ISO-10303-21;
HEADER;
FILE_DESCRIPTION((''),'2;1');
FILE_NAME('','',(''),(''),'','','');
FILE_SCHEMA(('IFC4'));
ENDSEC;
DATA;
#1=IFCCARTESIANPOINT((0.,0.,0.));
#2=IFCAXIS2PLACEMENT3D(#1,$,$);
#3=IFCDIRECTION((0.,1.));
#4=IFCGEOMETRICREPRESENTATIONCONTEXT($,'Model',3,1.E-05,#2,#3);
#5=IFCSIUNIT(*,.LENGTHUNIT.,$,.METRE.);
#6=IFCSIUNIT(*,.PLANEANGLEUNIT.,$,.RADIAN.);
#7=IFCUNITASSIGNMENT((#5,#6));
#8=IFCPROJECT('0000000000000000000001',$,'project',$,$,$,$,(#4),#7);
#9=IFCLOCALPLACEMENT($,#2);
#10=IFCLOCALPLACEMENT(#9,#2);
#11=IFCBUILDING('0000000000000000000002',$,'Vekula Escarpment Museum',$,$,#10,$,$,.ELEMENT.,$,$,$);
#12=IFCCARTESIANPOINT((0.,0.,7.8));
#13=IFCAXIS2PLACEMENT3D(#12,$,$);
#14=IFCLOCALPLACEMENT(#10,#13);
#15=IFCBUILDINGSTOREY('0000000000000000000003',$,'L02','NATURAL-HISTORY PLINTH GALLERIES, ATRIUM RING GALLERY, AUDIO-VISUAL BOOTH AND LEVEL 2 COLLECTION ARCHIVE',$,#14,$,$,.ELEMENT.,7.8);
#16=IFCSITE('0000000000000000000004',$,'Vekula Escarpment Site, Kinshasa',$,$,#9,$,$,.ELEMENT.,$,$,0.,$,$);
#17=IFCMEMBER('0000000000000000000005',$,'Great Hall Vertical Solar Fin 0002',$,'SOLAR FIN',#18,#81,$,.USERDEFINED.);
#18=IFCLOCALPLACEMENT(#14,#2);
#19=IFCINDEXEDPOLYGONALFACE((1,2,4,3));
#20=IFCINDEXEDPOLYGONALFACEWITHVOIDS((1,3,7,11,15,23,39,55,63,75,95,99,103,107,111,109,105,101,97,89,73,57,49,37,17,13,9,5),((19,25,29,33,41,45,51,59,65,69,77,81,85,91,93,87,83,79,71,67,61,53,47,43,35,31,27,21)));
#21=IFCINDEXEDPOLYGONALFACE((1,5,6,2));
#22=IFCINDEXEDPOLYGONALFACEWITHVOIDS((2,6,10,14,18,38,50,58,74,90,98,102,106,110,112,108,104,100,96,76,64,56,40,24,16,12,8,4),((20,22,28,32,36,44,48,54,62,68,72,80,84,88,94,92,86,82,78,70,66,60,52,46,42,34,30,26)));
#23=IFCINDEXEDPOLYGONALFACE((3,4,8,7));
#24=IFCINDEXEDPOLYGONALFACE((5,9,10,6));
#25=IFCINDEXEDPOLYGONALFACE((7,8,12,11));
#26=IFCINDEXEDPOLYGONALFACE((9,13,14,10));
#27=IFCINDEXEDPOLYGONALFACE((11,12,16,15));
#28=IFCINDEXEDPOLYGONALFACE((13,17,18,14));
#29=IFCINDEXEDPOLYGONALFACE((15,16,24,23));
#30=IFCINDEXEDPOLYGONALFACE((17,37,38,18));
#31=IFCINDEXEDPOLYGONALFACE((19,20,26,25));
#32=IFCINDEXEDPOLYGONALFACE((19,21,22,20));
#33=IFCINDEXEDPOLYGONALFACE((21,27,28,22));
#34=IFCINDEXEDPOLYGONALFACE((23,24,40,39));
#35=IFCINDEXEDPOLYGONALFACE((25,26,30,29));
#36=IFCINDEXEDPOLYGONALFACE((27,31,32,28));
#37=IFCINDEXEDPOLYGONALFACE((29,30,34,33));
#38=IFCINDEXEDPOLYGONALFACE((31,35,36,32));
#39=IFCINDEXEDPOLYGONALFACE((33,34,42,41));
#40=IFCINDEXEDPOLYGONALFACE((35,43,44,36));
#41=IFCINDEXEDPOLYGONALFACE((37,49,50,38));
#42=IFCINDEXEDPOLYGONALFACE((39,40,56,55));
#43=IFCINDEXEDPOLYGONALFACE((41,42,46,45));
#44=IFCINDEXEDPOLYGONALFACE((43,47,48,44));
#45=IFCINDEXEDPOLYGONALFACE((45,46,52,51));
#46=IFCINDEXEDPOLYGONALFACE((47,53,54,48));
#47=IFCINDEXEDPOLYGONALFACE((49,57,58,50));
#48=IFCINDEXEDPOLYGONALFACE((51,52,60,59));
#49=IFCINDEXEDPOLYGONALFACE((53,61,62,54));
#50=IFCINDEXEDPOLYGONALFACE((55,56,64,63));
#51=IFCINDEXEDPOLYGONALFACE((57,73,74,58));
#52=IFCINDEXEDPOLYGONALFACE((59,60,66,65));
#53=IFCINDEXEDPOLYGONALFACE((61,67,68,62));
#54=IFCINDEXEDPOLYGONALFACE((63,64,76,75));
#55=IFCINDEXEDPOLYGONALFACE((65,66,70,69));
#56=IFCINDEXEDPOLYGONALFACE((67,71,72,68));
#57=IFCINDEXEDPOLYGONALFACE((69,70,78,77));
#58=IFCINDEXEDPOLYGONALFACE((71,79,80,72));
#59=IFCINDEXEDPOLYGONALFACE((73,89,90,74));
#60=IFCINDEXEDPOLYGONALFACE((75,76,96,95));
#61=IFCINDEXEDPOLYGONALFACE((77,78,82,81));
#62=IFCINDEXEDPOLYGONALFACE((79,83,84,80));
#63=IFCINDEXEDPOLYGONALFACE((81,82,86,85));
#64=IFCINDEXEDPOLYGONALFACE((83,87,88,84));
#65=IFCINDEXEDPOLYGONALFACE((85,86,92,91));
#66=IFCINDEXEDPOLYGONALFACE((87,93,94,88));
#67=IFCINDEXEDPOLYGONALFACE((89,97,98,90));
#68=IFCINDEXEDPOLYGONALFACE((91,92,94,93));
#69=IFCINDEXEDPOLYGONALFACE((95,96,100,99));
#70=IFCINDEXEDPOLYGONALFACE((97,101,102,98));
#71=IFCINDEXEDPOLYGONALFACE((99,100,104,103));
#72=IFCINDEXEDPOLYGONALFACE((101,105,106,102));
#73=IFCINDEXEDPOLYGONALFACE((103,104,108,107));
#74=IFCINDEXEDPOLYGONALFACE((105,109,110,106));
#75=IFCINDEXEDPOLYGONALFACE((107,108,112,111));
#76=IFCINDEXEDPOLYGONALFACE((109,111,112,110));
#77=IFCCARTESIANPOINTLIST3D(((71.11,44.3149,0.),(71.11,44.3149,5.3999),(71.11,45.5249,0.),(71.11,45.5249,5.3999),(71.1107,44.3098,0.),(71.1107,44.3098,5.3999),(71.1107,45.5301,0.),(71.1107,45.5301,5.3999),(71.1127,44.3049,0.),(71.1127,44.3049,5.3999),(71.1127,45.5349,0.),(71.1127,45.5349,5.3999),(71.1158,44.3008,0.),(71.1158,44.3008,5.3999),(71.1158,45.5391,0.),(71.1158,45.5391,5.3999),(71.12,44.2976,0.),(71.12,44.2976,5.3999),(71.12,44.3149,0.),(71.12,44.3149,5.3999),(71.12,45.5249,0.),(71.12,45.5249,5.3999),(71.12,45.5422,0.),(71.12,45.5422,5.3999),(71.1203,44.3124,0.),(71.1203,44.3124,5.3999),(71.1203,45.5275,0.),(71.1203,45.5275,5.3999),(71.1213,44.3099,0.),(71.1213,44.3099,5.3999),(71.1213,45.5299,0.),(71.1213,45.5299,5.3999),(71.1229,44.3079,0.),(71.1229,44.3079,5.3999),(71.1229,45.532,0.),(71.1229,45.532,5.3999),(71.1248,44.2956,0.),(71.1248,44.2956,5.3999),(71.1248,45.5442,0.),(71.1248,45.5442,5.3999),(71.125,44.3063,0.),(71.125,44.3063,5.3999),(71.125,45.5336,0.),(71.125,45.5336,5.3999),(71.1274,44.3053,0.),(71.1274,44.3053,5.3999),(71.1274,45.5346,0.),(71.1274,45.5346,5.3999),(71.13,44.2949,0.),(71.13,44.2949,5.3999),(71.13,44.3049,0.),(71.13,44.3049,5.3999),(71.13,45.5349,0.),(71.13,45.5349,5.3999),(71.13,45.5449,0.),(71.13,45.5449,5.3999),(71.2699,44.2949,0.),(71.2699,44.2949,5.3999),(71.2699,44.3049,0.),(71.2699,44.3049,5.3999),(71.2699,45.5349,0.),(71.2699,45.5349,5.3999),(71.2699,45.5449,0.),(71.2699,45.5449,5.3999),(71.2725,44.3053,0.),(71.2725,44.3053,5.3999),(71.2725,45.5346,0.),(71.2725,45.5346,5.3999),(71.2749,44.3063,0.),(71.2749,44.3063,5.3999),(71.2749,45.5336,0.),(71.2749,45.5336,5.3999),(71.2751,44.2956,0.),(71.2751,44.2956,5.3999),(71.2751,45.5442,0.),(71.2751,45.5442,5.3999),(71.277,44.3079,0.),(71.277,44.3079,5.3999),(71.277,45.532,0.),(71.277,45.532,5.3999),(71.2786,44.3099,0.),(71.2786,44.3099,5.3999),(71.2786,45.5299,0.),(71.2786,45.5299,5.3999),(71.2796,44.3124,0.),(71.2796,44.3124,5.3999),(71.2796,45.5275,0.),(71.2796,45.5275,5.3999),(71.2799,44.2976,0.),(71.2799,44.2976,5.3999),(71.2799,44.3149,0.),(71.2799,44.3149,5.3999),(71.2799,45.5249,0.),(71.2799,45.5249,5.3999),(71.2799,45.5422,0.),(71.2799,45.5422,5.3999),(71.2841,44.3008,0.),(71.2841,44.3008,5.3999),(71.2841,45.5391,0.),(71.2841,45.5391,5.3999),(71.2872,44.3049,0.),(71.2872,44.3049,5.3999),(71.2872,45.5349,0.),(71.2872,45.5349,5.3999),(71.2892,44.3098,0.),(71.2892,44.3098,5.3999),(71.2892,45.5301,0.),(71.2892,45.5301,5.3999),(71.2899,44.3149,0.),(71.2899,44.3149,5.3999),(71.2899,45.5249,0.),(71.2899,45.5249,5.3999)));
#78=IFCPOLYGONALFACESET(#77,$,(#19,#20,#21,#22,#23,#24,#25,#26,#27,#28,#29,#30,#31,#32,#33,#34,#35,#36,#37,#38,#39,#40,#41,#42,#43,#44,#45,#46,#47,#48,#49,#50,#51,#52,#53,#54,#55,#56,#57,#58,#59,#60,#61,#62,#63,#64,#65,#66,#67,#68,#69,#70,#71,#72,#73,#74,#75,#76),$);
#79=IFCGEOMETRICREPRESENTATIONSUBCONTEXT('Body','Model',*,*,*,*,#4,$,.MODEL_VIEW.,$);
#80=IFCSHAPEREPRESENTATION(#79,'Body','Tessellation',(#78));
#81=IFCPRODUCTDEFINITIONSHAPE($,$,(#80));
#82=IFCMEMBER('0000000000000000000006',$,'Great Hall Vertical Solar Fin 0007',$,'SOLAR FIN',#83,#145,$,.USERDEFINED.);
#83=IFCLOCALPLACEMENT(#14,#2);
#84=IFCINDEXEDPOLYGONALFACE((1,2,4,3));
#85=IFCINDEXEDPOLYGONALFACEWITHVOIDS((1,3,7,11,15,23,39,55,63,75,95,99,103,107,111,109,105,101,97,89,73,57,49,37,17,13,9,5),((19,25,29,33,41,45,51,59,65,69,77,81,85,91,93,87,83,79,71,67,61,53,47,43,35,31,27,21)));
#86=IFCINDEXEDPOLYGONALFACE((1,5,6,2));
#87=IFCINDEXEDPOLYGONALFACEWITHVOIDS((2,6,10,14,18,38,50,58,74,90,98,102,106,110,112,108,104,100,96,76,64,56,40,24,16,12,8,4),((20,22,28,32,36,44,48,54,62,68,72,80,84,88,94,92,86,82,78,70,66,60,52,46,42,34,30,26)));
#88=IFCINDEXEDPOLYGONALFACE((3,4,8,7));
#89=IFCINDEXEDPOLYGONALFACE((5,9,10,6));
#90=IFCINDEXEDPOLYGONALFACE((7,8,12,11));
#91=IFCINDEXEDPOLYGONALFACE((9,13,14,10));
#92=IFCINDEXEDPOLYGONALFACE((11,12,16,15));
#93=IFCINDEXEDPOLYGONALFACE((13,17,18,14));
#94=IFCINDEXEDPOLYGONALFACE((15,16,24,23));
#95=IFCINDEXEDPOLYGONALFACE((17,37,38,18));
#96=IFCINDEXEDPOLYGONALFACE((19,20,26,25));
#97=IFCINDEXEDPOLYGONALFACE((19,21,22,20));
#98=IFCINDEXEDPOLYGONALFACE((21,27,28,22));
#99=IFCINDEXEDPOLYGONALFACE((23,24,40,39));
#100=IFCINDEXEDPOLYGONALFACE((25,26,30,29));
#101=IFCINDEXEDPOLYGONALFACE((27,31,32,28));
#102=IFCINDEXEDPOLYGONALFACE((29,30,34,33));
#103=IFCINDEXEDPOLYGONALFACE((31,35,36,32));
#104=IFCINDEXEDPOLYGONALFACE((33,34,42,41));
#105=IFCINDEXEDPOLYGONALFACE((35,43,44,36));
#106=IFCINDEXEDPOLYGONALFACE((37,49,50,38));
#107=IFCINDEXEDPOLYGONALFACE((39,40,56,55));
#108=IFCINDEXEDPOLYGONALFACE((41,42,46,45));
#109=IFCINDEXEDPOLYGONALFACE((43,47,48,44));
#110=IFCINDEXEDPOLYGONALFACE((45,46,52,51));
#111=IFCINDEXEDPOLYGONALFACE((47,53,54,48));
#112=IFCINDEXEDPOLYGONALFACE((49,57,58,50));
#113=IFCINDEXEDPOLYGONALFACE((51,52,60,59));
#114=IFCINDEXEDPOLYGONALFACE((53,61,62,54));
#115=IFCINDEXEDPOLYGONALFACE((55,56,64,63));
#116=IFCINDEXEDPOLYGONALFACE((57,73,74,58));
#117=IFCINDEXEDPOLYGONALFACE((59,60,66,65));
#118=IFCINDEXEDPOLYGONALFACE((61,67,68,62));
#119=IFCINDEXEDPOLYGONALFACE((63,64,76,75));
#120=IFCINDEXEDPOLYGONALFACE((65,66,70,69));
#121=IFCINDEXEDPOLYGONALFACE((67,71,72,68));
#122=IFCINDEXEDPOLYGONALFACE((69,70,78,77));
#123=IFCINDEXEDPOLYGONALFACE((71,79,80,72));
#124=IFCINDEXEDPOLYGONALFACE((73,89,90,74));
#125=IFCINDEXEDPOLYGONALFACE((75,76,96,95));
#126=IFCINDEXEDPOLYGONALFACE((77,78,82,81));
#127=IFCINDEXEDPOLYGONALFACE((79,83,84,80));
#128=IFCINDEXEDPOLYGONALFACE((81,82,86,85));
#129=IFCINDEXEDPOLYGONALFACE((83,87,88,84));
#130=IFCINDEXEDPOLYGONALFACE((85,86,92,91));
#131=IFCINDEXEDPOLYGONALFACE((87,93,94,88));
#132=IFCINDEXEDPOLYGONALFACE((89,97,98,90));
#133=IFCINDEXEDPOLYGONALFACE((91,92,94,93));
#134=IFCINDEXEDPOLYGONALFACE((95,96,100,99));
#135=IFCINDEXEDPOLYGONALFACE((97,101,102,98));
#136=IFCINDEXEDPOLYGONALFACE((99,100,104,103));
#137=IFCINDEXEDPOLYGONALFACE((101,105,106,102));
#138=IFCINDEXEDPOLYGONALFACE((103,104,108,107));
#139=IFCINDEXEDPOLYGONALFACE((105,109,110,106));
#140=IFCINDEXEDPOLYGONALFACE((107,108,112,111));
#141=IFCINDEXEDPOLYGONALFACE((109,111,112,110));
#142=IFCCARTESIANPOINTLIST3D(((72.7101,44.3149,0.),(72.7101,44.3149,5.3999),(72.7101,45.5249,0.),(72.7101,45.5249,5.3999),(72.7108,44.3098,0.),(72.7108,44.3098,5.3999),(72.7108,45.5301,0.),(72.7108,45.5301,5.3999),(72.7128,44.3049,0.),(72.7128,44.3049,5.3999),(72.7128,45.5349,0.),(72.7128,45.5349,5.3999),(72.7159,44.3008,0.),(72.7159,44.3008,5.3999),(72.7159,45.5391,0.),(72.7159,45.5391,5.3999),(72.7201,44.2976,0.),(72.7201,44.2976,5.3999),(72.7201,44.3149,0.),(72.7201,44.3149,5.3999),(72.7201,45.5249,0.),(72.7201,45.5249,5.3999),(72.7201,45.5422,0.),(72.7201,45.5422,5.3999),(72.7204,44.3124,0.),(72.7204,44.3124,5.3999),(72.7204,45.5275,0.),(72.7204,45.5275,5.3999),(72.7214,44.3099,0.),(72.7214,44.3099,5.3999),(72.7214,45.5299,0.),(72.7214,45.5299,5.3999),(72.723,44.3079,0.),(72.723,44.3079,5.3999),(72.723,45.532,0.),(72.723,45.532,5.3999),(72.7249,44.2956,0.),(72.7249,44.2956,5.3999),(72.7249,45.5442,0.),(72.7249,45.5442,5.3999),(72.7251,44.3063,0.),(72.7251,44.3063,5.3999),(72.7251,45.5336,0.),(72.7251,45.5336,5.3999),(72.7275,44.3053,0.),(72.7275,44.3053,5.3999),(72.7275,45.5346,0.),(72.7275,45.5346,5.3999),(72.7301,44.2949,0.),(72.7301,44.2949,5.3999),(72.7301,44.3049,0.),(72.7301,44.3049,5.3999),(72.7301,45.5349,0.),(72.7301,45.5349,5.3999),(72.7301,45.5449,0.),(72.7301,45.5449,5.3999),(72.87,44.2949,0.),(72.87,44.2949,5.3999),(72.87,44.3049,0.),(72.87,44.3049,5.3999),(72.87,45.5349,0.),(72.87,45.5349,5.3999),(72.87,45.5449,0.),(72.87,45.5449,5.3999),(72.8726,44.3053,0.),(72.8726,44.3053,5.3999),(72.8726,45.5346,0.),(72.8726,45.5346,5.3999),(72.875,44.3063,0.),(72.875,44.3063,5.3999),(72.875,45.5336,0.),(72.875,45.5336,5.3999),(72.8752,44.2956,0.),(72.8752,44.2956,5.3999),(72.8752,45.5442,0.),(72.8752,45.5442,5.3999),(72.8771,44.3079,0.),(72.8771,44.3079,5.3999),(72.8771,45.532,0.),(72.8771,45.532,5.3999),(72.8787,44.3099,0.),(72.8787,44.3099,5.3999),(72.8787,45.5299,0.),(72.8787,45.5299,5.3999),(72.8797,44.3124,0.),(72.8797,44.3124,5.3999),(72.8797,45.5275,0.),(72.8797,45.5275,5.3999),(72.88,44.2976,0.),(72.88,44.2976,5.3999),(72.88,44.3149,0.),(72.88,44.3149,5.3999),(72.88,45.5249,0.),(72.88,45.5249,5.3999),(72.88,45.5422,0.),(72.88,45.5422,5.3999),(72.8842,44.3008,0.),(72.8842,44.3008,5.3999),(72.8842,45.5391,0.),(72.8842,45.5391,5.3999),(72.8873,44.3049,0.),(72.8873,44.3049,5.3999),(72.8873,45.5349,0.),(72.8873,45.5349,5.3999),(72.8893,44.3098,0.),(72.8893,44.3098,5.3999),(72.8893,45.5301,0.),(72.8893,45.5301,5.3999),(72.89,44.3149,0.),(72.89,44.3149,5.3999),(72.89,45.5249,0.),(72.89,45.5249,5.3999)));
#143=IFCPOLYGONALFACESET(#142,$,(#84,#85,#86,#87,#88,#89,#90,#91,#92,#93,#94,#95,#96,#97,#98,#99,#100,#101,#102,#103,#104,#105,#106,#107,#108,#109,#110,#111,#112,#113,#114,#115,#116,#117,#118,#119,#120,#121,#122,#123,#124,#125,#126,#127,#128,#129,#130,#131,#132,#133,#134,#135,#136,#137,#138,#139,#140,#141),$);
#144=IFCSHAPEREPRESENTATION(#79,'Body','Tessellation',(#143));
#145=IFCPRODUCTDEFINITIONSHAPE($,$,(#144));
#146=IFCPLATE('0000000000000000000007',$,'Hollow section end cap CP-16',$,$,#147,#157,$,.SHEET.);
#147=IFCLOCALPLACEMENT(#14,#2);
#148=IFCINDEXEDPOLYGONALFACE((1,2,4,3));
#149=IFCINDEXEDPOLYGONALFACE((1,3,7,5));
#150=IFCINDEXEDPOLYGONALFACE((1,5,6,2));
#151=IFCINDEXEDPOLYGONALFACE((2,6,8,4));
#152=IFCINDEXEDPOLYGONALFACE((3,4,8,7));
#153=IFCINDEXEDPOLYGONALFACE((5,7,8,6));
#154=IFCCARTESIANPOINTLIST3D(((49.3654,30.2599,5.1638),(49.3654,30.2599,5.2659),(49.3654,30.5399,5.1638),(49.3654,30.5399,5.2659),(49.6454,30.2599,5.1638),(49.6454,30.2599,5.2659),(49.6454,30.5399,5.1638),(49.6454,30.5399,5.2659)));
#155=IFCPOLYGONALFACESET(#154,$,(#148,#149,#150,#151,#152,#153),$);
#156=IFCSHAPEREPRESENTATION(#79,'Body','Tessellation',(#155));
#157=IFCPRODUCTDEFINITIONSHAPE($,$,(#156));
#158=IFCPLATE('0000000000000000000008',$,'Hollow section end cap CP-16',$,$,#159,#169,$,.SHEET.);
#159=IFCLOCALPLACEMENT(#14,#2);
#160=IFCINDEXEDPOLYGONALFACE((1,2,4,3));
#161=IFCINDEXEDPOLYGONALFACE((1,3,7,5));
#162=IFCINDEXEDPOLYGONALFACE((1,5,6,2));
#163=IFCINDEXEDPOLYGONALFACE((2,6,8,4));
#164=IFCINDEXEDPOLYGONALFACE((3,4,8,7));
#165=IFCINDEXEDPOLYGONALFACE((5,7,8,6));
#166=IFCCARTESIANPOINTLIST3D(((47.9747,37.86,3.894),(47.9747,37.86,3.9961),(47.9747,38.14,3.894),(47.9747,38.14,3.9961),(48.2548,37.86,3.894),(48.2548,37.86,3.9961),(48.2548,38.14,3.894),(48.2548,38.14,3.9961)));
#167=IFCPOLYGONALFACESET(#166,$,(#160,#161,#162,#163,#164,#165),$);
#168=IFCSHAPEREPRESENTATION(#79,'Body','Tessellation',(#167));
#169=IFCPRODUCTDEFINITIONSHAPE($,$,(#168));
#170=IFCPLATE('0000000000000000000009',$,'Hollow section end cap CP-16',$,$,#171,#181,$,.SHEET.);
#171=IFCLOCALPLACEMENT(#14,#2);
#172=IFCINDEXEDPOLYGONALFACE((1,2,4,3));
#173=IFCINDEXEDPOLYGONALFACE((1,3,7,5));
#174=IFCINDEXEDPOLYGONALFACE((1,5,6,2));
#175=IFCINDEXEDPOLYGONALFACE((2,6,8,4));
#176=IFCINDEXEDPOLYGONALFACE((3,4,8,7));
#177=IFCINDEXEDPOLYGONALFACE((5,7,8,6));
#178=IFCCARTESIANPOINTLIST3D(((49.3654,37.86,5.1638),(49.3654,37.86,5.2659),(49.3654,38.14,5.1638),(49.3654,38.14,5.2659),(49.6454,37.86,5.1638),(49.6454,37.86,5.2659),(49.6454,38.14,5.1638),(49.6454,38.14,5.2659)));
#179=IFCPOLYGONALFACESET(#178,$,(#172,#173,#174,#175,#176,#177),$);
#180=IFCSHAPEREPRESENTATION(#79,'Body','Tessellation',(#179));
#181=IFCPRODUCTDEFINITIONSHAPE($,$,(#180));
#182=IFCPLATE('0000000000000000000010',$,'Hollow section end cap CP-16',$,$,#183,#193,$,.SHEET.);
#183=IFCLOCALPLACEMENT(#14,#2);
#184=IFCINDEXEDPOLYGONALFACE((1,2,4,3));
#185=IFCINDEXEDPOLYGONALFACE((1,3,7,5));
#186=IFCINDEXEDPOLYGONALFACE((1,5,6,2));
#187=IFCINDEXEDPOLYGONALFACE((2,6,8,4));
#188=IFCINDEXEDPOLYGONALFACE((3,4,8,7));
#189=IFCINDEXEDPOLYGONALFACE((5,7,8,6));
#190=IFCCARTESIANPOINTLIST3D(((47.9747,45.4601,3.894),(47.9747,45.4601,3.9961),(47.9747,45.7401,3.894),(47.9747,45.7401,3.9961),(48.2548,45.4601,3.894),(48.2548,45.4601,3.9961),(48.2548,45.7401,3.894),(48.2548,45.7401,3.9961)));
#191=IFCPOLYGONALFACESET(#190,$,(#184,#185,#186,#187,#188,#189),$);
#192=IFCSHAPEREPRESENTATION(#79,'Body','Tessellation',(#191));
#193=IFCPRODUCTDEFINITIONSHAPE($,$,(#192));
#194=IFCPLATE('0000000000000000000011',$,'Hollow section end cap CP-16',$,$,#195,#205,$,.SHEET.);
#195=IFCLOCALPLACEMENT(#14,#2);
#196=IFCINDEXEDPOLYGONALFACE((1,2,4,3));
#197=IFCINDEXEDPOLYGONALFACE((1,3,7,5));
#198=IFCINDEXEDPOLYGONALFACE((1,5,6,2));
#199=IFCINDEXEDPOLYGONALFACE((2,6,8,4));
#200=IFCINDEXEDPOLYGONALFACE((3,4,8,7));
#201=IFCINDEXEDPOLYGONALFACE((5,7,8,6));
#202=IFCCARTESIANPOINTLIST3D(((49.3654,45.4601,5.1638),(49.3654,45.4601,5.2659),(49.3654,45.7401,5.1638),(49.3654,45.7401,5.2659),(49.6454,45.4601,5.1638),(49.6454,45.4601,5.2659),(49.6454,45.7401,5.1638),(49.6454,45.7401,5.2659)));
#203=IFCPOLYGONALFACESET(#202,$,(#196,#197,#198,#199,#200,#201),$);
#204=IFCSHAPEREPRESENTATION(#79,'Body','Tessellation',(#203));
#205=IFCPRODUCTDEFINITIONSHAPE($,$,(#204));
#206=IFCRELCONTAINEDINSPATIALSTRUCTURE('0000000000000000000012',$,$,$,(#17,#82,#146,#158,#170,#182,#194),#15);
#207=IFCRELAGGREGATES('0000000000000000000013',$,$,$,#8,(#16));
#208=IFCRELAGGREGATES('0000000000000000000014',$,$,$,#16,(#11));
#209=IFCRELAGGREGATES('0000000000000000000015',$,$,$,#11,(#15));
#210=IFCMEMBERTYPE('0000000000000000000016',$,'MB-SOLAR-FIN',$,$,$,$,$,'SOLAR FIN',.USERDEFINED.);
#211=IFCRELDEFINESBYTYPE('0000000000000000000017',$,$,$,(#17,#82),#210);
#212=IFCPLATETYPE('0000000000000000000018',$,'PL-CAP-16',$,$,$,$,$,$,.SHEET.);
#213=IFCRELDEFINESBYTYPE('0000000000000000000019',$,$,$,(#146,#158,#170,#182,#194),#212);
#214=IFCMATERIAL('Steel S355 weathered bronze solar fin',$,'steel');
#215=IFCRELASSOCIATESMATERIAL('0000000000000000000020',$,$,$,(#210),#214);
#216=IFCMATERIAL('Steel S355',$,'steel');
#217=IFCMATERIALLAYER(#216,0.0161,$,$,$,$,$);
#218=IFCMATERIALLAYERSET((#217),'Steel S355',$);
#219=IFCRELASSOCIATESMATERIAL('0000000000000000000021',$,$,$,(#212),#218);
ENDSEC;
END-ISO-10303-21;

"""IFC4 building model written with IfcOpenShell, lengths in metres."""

from ifc_helpers import new_model, si_unit, direction, frame, origin, origin_2d, place, context, subcontext, project, spatial, rectangle, hollow_rectangle, extrude, material, layer, layer_set, material_profile, profile_set, type_object, element, save


model = new_model("IFC4")

# Units and contexts
model_context = context("Model", 3, precision=1e-05, world=origin(), true_north=direction((0.0, 1.0)))
body_context = subcontext(model_context, "Body", "Model", "MODEL_VIEW")
ifc_project = project(units=[si_unit("LENGTHUNIT", "METRE"), si_unit("PLANEANGLEUNIT", "RADIAN")], contexts=[model_context])

# Site, building, storey
site_placement = place(None, origin())
site = spatial("IfcSite", under=ifc_project, at=site_placement, Name="Vekula Escarpment Site, Kinshasa", CompositionType="ELEMENT", RefElevation=0.0)
building_placement = place(site_placement, origin())
building = spatial("IfcBuilding", under=site, at=building_placement, Name="Vekula Escarpment Museum", CompositionType="ELEMENT")
storey_placement = place(building_placement, frame((0.0, 0.0, 7.8)))
storey = spatial("IfcBuildingStorey", under=building, at=storey_placement, Name="L02", Description="NATURAL-HISTORY PLINTH GALLERIES, ATRIUM RING GALLERY, AUDIO-VISUAL BOOTH AND LEVEL 2 COLLECTION ARCHIVE", CompositionType="ELEMENT", Elevation=7.8)

# Members
ifc_material_1 = material(Name="Steel S355 weathered bronze solar fin", Category="steel")
ifc_material_profile_1 = material_profile(ifc_material_1, hollow_rectangle(XDim=0.1799, YDim=1.25, WallThickness=0.01, InnerFilletRadius=0.01, OuterFilletRadius=0.02, at=origin_2d()), Name="RHS 1250x180x10")
ifc_profile_set_1 = profile_set([ifc_material_profile_1], Name="Steel S355 weathered bronze solar fin")
member_type_1 = type_object("IfcMemberType", Name="MB-SOLAR-FIN", ElementType="SOLAR FIN", PredefinedType="USERDEFINED", material=ifc_profile_set_1)
for number, where, z_axis, x_axis, name in (
    (1, (71.2, 44.9199, 0.0), (0.0, 0.0, 1.0), (1.0, 0.0, 0.0), "Great Hall Vertical Solar Fin 0002"),
    (2, (72.8, 44.9199, 0.0), (0.0, 0.0, 1.0), (1.0, 0.0, 0.0), "Great Hall Vertical Solar Fin 0007"),
):
    element("IfcMember", number, at=place(storey_placement, frame(where, z_axis=z_axis, x_axis=x_axis)), inside=storey, type_object=member_type_1, Name=name, ObjectType="SOLAR FIN", PredefinedType="USERDEFINED", context=body_context, shape_type="SweptSolid", body=[
        extrude(hollow_rectangle(XDim=0.1799, YDim=1.25, WallThickness=0.01, InnerFilletRadius=0.01, OuterFilletRadius=0.02, at=origin_2d()), origin(), (0.0, 0.0, 1.0), 5.3999),
    ])

# Plates
ifc_material_2 = material(Name="Steel S355", Category="steel")
ifc_layer_1 = layer(ifc_material_2, 0.0161)
ifc_layer_set_1 = layer_set([ifc_layer_1], Name="Steel S355")
plate_type_1 = type_object("IfcPlateType", Name="PL-CAP-16", PredefinedType="SHEET", material=ifc_layer_set_1)
for number, where, z_axis, x_axis, name in (
    (3, (49.5054, 30.3999, 5.1638), (0.0, 0.0, 1.0), (1.0, 0.0, 0.0), "Hollow section end cap CP-16"),
    (4, (48.1147, 38.0, 3.894), (0.0, 0.0, 1.0), (1.0, 0.0, 0.0), "Hollow section end cap CP-16"),
    (5, (49.5054, 38.0, 5.1638), (0.0, 0.0, 1.0), (1.0, 0.0, 0.0), "Hollow section end cap CP-16"),
    (6, (48.1147, 45.6001, 3.894), (0.0, 0.0, 1.0), (1.0, 0.0, 0.0), "Hollow section end cap CP-16"),
    (7, (49.5054, 45.6001, 5.1638), (0.0, 0.0, 1.0), (1.0, 0.0, 0.0), "Hollow section end cap CP-16"),
):
    element("IfcPlate", number, at=place(storey_placement, frame(where, z_axis=z_axis, x_axis=x_axis)), inside=storey, type_object=plate_type_1, Name=name, PredefinedType="SHEET", context=body_context, shape_type="SweptSolid", body=[
        extrude(rectangle(XDim=0.28, YDim=0.28, at=origin_2d()), origin(), (0.0, 0.0, 1.0), 0.1021),
    ])

save(model, "model.ifc")
